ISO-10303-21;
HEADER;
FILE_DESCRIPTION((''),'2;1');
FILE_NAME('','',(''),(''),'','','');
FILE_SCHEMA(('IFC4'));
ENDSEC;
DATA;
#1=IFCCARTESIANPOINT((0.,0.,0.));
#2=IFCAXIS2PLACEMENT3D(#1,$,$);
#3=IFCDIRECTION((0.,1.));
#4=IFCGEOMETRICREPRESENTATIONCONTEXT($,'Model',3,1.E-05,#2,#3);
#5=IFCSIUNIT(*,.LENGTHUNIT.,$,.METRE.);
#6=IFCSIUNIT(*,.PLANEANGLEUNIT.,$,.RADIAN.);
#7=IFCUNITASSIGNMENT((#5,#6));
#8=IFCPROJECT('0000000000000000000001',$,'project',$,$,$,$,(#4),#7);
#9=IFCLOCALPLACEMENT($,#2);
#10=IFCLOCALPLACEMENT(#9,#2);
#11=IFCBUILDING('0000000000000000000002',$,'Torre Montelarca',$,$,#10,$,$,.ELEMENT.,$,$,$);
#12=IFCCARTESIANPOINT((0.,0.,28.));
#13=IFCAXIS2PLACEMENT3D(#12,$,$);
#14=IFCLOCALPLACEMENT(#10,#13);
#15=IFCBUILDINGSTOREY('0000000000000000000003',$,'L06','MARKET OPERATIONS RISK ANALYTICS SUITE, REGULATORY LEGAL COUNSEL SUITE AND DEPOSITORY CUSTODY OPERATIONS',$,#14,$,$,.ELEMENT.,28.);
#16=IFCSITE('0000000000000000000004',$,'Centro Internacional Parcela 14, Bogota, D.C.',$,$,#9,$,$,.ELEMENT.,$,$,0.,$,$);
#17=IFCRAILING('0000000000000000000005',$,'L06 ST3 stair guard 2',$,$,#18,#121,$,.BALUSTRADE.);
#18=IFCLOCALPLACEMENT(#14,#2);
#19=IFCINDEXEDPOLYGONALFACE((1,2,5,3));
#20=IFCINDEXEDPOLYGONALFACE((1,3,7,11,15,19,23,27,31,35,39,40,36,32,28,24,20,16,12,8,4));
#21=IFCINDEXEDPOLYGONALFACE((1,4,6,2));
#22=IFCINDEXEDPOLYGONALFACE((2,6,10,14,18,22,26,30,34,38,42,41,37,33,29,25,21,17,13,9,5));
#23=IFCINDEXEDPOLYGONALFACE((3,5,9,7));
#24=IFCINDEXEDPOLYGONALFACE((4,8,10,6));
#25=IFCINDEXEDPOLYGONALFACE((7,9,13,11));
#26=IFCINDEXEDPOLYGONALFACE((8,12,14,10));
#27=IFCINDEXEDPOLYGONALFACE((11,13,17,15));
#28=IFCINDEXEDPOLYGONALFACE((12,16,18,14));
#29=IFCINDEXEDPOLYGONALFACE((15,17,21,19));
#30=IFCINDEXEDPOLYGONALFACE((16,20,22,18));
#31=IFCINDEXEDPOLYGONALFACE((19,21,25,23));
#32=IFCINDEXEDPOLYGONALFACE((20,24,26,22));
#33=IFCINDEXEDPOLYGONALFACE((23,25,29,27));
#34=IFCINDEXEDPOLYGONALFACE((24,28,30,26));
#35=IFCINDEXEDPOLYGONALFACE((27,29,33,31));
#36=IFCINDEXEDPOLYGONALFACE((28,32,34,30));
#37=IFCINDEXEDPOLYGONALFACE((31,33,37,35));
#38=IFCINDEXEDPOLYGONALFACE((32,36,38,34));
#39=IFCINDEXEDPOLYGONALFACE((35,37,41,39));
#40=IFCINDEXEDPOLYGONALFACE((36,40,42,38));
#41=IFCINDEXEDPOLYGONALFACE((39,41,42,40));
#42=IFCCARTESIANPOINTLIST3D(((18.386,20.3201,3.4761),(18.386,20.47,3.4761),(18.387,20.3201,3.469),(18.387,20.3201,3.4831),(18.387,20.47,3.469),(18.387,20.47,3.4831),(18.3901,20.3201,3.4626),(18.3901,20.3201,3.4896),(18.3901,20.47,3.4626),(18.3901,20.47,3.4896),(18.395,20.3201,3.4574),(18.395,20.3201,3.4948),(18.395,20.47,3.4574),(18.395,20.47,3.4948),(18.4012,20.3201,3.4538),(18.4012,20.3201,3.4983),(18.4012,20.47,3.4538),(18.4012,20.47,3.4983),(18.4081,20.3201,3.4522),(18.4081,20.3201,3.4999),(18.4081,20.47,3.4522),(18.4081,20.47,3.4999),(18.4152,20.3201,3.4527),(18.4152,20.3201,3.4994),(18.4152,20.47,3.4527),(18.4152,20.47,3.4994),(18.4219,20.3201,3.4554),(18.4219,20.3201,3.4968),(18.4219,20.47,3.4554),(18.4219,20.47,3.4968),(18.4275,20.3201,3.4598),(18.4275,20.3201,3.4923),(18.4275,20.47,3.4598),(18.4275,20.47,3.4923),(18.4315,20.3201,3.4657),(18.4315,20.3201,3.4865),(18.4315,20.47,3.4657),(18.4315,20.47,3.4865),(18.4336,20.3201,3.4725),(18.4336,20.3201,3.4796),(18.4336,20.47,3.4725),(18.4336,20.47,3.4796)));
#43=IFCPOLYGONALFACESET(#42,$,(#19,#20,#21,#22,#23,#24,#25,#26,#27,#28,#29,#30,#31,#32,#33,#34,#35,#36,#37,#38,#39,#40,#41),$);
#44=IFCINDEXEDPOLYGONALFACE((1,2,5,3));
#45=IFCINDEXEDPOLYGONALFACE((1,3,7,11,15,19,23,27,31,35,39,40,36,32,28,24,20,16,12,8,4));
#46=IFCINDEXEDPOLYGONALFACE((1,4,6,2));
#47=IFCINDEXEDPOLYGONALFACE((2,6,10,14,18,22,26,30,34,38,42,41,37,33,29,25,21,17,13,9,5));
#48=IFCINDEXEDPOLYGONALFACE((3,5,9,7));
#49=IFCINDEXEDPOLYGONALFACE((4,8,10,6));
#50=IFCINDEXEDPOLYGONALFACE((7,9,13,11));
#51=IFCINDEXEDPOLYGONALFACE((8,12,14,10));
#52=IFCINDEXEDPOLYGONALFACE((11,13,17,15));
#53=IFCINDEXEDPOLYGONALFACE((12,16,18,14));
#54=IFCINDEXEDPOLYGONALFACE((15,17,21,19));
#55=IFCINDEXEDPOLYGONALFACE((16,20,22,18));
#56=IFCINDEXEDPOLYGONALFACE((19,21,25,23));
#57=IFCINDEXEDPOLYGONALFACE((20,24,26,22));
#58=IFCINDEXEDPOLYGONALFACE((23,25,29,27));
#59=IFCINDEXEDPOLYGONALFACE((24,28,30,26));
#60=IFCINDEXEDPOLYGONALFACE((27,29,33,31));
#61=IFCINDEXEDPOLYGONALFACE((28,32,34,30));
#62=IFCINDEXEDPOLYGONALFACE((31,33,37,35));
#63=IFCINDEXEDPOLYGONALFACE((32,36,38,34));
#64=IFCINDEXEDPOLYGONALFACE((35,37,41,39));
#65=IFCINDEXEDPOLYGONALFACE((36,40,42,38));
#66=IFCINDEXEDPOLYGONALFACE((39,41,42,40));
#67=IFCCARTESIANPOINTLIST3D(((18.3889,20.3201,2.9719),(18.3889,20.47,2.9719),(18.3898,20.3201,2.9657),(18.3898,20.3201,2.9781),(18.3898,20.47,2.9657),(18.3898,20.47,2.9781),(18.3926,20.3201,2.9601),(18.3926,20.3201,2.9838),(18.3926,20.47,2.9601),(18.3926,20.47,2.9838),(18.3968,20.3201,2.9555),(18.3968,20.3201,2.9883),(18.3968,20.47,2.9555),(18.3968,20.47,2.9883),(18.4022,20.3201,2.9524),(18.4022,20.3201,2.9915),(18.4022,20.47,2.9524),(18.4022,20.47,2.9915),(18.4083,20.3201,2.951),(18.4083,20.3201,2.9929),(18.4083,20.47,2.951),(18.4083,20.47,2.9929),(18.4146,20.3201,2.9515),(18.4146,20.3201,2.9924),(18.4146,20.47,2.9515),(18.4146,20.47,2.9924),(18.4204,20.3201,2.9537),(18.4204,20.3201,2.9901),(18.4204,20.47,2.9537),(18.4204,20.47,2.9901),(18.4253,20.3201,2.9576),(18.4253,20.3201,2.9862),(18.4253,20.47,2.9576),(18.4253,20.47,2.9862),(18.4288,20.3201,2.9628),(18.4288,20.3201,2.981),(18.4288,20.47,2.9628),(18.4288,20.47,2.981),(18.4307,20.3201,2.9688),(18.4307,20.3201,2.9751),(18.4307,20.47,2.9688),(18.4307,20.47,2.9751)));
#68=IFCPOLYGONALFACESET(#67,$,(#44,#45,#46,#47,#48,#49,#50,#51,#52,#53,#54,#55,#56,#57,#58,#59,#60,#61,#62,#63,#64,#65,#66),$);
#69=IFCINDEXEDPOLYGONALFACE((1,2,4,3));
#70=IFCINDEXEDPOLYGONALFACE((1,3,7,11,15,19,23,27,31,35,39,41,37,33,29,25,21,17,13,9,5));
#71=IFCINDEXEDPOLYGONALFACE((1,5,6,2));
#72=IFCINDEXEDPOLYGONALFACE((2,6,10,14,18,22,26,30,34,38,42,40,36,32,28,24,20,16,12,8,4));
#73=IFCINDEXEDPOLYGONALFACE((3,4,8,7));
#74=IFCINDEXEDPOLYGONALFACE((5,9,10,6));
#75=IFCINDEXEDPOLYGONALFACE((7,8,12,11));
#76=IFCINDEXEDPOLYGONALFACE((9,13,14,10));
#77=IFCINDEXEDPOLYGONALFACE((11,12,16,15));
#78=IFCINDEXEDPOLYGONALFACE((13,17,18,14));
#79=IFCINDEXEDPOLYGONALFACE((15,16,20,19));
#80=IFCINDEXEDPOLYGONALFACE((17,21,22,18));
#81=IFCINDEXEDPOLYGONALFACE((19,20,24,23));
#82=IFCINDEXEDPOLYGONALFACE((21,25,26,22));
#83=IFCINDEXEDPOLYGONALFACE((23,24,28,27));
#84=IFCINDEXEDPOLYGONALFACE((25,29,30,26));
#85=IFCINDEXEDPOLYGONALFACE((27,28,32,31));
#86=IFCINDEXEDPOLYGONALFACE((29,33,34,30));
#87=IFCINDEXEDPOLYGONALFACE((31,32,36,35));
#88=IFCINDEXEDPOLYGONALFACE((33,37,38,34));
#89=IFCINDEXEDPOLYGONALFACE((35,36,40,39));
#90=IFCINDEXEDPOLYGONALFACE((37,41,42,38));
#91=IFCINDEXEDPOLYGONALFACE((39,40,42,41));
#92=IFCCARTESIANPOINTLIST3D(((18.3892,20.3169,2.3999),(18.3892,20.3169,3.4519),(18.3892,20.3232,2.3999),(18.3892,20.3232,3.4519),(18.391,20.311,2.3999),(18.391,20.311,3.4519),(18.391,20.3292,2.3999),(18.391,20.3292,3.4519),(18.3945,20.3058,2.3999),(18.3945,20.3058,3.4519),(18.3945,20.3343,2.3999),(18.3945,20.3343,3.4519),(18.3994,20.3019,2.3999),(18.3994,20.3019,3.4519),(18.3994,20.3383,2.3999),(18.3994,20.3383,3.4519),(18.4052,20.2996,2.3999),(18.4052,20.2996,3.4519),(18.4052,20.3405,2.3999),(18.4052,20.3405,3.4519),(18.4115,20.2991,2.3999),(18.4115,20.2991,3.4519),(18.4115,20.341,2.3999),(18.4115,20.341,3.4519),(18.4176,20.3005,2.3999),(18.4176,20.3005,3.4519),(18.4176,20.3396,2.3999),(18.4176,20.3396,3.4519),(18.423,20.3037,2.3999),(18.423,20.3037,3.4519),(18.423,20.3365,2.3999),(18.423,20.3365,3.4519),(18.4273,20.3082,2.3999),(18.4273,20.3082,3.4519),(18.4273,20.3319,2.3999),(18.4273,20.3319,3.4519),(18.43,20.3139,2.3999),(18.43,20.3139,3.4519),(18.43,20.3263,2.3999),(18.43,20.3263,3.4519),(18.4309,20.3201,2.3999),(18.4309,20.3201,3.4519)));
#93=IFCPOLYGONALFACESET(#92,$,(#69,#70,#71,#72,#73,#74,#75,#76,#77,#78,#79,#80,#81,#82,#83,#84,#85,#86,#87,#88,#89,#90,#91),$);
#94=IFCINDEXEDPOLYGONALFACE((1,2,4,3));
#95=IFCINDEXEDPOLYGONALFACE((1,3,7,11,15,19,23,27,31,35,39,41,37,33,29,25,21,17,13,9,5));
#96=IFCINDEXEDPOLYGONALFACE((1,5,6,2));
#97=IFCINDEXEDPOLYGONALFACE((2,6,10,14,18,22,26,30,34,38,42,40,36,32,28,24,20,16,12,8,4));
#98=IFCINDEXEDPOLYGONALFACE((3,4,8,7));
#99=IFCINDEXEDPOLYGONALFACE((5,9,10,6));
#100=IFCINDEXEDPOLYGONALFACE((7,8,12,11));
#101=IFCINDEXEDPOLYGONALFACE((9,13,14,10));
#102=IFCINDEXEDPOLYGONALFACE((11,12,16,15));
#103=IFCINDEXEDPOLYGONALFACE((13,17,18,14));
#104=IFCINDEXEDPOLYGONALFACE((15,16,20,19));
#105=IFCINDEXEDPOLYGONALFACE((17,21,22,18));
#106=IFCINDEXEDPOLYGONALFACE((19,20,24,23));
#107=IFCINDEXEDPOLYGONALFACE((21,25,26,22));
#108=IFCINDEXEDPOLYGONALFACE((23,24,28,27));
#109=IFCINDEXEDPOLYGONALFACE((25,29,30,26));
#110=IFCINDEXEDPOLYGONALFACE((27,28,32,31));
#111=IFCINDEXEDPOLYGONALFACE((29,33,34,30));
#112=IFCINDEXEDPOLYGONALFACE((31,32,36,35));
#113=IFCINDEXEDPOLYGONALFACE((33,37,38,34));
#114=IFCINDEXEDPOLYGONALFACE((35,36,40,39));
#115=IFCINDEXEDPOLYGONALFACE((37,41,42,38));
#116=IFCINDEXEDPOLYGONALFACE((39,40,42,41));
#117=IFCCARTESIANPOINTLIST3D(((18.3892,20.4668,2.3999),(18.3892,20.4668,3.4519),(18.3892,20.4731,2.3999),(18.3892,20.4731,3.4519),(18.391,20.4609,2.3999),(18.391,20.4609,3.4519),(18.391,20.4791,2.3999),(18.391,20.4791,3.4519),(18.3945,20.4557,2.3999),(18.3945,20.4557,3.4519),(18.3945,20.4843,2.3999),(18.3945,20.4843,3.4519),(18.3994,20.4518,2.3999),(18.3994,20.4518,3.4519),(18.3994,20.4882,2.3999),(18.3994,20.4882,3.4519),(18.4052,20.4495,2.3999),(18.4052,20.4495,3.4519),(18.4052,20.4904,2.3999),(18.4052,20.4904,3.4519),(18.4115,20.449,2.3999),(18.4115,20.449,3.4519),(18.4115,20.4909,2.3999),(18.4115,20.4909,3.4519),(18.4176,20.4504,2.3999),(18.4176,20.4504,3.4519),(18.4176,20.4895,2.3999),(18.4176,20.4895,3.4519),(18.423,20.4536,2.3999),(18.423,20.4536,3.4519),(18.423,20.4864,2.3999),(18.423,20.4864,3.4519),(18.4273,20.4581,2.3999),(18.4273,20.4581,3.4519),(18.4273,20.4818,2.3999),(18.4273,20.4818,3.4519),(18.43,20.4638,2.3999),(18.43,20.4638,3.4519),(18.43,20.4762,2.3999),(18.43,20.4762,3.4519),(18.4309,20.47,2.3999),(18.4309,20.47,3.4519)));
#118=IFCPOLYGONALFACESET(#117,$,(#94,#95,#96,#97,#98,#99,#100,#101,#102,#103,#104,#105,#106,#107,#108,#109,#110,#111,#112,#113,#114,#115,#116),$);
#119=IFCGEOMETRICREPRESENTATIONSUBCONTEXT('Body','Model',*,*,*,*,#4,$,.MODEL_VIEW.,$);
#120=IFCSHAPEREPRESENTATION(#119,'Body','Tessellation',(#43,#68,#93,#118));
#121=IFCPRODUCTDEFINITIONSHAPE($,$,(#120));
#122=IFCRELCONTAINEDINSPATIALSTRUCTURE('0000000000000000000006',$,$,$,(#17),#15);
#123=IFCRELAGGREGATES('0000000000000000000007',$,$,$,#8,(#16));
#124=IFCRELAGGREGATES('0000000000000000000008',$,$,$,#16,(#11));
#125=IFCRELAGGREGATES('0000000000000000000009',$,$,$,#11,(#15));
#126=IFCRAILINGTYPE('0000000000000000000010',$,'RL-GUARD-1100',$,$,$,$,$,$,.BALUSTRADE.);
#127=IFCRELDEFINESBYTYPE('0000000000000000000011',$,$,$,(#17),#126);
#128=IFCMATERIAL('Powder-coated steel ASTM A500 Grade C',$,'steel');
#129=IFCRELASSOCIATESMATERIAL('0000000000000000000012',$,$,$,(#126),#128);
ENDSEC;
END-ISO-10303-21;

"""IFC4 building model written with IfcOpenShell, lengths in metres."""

from ifc_helpers import new_model, si_unit, direction, frame, origin, origin_2d, place, context, subcontext, project, spatial, circle, extrude, material, type_object, element, save


model = new_model("IFC4")

# Units and contexts
model_context = context("Model", 3, precision=1e-05, world=origin(), true_north=direction((0.0, 1.0)))
body_context = subcontext(model_context, "Body", "Model", "MODEL_VIEW")
ifc_project = project(units=[si_unit("LENGTHUNIT", "METRE"), si_unit("PLANEANGLEUNIT", "RADIAN")], contexts=[model_context])

# Site, building, storey
site_placement = place(None, origin())
site = spatial("IfcSite", under=ifc_project, at=site_placement, Name="Centro Internacional Parcela 14, Bogota, D.C.", CompositionType="ELEMENT", RefElevation=0.0)
building_placement = place(site_placement, origin())
building = spatial("IfcBuilding", under=site, at=building_placement, Name="Torre Montelarca", CompositionType="ELEMENT")
storey_placement = place(building_placement, frame((0.0, 0.0, 28.0)))
storey = spatial("IfcBuildingStorey", under=building, at=storey_placement, Name="L06", Description="MARKET OPERATIONS RISK ANALYTICS SUITE, REGULATORY LEGAL COUNSEL SUITE AND DEPOSITORY CUSTODY OPERATIONS", CompositionType="ELEMENT", Elevation=28.0)

# Railing
ifc_material_1 = material(Name="Powder-coated steel ASTM A500 Grade C", Category="steel")
railing_type_1 = type_object("IfcRailingType", Name="RL-GUARD-1100", PredefinedType="BALUSTRADE", material=ifc_material_1)
railing_1_placement = place(storey_placement, frame((18.4099, 20.3201, 2.3999)))
element("IfcRailing", 1, at=railing_1_placement, inside=storey, type_object=railing_type_1, Name="L06 ST3 stair guard 2", PredefinedType="BALUSTRADE", context=body_context, shape_type="SweptSolid", body=[
    extrude(circle(Radius=0.0239, at=origin_2d()), frame((0.0, 0.0, 1.0762), z_axis=(0.0, 1.0, 0.0), x_axis=(-1.0, 0.0, 0.0)), (0.0, 0.0, 1.0), 0.1499),
    extrude(circle(Radius=0.021, at=origin_2d()), frame((0.0, 0.0, 0.572), z_axis=(0.0, 1.0, 0.0), x_axis=(-1.0, 0.0, 0.0)), (0.0, 0.0, 1.0), 0.1499),
    extrude(circle(Radius=0.021, at=origin_2d()), origin(), (0.0, 0.0, 1.0), 1.052),
    extrude(circle(Radius=0.021, at=origin_2d()), frame((0.0, 0.1499, 0.0)), (0.0, 0.0, 1.0), 1.052),
])

save(model, "model.ifc")
